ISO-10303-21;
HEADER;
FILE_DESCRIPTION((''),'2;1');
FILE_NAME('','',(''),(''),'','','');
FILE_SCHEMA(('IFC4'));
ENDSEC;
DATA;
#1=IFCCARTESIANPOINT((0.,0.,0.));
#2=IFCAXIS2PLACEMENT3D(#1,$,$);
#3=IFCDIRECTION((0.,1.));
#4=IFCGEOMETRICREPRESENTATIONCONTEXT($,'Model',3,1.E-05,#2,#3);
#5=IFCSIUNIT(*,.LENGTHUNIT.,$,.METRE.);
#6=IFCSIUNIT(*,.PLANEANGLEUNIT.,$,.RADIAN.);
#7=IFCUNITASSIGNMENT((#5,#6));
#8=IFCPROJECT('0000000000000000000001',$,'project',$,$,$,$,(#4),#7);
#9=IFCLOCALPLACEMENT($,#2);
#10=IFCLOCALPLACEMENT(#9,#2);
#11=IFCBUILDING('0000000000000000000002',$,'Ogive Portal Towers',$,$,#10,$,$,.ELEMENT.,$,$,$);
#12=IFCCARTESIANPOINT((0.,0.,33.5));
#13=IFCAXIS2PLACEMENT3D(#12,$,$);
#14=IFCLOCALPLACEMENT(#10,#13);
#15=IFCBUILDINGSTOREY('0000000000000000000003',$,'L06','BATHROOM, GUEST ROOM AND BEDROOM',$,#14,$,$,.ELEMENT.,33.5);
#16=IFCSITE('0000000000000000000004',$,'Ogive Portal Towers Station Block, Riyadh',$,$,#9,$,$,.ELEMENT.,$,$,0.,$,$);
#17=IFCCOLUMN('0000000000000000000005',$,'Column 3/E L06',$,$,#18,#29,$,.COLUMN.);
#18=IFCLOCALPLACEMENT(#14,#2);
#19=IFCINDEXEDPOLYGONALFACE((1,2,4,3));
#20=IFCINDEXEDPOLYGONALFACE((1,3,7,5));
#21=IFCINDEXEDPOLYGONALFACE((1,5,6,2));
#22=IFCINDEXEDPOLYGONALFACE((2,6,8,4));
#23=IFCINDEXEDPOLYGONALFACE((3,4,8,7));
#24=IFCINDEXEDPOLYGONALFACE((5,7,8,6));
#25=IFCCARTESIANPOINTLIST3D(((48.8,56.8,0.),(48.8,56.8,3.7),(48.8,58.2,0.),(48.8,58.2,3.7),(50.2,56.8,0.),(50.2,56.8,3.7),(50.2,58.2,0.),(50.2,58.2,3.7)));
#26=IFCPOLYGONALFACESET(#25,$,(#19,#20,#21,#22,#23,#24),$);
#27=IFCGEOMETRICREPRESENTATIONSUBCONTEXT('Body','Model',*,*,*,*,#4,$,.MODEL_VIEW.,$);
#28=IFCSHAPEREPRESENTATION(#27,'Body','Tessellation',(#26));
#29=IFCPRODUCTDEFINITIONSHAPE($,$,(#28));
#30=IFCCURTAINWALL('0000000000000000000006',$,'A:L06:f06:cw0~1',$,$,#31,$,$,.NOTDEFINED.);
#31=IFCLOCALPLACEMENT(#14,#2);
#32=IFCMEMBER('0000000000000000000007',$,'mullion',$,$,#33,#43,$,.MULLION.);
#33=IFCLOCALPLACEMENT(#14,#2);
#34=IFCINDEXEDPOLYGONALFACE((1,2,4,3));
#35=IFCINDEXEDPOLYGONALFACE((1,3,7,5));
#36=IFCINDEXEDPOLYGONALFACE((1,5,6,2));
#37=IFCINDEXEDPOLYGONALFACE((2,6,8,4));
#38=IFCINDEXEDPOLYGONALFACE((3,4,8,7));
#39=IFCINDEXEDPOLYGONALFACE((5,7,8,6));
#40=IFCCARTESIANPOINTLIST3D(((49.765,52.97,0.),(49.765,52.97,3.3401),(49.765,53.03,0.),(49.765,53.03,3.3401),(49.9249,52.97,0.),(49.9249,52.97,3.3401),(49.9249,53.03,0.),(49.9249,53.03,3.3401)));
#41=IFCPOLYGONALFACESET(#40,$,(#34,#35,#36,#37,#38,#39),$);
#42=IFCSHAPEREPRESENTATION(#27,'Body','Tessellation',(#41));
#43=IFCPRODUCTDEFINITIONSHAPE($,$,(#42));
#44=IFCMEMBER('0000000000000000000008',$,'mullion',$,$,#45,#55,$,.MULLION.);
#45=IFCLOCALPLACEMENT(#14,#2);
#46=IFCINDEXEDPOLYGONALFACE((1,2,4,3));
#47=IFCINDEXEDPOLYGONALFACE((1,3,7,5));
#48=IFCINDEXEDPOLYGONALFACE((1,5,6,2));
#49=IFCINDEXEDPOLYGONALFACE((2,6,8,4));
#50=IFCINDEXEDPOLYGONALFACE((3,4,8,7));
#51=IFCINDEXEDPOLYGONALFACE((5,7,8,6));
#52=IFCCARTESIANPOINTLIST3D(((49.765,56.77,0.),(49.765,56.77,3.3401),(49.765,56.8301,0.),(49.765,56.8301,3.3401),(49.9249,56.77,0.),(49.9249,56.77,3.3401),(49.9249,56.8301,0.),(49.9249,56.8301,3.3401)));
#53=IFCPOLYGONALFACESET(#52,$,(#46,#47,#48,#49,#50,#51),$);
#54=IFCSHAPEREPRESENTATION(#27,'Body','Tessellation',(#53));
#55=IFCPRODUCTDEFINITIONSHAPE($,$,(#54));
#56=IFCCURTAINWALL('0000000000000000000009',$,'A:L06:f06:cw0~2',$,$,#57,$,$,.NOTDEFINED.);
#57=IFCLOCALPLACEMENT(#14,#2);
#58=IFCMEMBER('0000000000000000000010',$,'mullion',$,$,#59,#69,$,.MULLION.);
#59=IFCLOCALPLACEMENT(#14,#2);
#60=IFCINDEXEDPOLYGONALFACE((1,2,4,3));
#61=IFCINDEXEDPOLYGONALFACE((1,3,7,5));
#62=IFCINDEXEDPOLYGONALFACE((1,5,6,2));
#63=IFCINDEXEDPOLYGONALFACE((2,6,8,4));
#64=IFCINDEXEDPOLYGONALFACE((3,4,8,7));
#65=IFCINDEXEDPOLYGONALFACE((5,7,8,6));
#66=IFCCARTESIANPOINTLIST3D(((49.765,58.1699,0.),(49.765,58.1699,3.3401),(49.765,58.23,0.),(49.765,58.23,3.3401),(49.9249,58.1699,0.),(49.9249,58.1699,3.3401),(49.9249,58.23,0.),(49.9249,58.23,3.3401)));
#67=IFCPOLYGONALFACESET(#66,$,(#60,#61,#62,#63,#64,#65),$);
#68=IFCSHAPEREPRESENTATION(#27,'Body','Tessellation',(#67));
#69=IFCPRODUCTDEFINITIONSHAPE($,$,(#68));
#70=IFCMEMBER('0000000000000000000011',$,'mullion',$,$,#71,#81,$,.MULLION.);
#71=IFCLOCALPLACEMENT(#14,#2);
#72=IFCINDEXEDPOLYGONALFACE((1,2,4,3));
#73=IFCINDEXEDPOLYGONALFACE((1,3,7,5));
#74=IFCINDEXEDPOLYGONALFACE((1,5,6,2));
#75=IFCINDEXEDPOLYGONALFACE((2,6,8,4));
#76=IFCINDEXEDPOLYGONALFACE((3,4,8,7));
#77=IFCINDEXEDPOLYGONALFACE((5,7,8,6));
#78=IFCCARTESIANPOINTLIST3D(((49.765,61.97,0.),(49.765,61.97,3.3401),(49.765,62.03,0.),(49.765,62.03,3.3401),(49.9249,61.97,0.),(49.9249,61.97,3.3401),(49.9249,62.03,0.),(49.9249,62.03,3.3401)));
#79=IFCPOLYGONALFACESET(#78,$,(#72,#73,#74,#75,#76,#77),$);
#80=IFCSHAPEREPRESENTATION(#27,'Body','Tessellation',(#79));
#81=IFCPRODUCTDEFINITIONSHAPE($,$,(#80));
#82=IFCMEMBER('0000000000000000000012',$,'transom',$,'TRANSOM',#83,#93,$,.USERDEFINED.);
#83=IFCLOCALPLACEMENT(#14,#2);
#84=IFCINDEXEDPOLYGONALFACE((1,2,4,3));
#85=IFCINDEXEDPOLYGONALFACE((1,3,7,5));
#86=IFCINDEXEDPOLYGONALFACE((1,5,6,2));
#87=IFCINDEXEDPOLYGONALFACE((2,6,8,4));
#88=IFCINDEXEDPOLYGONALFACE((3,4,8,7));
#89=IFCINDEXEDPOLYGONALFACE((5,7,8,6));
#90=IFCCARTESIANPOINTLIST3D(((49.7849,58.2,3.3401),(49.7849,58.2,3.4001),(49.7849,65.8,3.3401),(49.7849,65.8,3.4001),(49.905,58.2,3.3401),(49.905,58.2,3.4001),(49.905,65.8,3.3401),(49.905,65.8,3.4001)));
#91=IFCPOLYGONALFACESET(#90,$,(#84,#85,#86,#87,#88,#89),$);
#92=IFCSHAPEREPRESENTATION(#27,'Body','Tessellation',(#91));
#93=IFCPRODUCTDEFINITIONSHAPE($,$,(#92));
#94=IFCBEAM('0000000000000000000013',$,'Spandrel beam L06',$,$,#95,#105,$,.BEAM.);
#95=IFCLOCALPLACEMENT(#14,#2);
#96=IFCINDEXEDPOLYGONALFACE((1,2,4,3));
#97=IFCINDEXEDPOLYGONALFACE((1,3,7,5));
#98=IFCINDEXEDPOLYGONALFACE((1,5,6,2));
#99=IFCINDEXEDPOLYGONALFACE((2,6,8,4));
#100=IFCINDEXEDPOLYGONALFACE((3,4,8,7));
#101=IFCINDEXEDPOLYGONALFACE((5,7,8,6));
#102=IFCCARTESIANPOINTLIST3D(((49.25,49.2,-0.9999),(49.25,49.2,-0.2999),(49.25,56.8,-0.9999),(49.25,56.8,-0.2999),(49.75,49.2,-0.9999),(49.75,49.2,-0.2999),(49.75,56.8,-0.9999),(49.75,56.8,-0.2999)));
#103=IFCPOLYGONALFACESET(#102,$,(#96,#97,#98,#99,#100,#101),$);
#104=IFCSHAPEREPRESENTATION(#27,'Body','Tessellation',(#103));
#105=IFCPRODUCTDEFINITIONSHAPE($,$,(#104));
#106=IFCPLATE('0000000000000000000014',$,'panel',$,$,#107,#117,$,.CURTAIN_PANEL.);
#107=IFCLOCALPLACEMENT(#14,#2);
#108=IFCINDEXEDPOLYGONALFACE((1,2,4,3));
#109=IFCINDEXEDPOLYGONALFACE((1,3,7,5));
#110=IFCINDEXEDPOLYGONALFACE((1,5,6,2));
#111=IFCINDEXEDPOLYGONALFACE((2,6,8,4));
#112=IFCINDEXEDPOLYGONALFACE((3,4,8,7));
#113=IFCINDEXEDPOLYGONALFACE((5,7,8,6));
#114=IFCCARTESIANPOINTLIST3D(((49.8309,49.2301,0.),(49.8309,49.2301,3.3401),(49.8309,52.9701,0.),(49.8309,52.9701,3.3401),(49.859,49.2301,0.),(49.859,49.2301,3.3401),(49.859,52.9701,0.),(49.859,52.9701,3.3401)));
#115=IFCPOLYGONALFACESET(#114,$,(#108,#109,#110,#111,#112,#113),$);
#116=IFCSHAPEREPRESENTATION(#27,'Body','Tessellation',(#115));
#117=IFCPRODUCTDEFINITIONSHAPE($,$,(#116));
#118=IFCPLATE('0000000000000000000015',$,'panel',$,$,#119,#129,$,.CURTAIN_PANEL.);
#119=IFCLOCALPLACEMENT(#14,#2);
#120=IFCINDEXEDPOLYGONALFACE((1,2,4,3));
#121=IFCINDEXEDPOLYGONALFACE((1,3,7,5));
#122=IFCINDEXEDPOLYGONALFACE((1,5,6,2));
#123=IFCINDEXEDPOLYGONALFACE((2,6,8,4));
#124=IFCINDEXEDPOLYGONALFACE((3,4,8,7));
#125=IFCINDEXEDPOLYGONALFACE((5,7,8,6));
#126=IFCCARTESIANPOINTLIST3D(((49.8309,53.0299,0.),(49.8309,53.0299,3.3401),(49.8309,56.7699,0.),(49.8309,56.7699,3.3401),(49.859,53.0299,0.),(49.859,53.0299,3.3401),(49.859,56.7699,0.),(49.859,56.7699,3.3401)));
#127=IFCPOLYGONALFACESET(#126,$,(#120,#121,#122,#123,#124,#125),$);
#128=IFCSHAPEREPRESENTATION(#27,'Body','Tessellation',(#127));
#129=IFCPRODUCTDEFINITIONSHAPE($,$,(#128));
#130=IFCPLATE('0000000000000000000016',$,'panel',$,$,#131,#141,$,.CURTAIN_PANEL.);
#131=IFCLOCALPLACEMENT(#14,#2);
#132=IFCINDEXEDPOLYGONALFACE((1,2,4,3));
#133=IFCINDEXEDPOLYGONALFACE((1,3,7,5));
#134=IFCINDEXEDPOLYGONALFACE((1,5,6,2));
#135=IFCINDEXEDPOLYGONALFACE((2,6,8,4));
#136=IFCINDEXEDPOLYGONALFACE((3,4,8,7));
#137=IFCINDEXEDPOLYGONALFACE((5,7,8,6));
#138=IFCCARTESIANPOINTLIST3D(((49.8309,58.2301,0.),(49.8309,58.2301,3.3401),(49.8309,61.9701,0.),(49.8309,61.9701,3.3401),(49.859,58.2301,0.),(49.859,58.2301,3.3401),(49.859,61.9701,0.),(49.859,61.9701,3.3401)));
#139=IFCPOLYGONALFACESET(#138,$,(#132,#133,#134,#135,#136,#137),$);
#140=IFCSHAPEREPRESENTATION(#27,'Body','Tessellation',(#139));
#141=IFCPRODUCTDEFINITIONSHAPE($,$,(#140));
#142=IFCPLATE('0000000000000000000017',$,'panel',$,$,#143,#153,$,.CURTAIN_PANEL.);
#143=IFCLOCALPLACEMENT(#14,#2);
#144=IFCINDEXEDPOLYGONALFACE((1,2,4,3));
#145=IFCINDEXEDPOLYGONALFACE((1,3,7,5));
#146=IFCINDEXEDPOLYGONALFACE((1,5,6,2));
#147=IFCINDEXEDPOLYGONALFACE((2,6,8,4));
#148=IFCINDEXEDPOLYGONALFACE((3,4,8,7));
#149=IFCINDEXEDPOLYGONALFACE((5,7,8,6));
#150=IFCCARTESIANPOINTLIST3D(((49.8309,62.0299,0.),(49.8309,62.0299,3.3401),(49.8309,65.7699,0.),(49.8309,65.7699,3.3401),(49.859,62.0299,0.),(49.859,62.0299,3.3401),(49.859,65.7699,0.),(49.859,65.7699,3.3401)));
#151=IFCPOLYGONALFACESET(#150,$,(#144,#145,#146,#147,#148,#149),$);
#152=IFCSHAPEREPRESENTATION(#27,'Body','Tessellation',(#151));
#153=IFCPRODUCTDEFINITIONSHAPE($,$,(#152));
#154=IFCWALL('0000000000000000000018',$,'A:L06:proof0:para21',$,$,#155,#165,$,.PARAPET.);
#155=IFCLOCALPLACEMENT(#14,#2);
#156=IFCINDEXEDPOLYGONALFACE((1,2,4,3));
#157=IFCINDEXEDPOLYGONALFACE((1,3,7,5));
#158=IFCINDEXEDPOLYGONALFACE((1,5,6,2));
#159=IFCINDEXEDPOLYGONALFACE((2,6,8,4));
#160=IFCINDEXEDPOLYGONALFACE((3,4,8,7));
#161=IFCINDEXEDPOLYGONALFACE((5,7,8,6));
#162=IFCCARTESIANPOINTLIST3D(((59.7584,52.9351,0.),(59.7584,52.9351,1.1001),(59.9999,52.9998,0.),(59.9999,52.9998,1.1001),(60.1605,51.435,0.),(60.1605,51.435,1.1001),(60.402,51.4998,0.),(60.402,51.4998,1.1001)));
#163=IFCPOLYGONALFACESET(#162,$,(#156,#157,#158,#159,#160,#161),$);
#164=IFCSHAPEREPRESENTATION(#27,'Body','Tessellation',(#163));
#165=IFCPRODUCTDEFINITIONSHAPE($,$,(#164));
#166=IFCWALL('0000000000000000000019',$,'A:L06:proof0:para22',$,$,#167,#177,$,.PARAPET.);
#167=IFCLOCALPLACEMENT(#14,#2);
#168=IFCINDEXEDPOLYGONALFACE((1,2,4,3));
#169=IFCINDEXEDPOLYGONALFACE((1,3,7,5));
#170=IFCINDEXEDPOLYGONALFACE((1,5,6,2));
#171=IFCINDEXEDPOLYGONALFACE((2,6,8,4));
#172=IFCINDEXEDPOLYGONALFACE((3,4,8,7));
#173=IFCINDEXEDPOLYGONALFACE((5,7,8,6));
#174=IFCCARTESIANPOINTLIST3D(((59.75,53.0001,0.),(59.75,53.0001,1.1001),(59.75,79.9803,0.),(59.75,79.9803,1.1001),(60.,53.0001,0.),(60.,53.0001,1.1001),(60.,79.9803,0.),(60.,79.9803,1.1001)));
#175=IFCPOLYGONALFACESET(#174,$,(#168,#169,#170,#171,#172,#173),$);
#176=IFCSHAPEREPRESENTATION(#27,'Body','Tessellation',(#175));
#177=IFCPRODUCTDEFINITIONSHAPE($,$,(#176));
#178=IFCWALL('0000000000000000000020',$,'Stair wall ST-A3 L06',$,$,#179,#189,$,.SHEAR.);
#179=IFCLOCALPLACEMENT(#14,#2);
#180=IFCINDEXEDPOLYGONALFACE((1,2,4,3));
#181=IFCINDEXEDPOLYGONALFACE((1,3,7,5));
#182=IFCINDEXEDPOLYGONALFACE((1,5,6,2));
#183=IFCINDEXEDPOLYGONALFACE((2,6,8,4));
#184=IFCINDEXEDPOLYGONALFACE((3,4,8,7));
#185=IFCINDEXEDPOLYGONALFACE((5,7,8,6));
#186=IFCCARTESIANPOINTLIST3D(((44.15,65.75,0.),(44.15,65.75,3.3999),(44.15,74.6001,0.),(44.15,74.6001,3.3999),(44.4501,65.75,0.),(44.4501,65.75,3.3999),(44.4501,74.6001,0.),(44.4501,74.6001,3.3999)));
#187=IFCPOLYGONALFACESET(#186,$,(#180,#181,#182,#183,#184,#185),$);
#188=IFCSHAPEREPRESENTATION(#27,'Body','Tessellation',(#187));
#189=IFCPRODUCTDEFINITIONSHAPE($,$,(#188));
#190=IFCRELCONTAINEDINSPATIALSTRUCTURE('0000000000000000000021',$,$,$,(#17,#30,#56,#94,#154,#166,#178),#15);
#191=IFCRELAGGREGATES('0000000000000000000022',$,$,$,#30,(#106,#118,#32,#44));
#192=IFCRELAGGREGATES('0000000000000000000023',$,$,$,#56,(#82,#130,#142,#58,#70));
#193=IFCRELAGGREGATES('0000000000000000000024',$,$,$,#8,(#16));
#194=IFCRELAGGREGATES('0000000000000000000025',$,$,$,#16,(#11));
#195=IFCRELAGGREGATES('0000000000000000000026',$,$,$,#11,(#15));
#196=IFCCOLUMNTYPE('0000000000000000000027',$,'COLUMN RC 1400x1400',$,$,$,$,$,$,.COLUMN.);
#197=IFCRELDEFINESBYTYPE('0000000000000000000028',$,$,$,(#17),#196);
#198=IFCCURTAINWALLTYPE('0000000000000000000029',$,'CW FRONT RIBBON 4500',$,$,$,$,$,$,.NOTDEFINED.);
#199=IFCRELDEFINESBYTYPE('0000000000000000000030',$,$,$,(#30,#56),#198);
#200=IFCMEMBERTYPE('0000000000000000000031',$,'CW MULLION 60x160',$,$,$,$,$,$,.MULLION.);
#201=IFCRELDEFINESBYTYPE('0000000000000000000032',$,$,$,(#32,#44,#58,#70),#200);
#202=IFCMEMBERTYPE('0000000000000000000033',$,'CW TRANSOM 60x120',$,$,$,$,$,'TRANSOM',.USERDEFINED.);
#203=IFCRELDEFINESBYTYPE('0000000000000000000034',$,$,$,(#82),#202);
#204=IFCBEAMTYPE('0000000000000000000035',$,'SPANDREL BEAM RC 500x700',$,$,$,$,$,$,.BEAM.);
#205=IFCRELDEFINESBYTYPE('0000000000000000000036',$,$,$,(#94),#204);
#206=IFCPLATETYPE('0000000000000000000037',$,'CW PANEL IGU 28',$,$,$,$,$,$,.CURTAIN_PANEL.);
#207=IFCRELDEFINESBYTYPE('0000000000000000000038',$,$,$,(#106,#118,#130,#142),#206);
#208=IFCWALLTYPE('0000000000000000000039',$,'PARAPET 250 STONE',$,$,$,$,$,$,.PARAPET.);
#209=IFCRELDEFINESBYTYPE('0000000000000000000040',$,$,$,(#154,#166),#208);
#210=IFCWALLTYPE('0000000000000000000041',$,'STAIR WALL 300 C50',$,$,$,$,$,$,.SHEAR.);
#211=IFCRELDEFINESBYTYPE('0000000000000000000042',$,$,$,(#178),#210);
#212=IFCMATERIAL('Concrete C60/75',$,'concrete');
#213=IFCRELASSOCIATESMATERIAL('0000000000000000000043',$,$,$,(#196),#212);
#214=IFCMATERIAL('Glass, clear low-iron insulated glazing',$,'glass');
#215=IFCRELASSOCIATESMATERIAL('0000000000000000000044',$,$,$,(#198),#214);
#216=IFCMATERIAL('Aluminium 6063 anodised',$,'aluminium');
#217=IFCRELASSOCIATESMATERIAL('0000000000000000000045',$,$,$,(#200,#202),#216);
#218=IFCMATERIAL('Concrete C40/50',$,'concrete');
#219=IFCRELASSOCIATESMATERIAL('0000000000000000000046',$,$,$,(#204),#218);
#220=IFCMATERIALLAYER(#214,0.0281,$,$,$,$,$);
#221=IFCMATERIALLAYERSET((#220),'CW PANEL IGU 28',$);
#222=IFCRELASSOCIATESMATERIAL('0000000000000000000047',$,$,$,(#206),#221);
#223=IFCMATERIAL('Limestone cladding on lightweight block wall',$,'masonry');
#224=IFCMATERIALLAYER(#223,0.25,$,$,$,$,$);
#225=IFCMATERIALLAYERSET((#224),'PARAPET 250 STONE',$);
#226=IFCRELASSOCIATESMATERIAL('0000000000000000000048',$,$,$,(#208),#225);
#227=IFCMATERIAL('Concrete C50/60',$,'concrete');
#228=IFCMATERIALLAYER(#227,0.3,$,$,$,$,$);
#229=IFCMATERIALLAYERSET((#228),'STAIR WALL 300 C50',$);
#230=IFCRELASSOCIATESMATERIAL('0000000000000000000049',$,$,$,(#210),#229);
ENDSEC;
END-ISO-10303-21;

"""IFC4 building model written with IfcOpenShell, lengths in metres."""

from ifc_helpers import new_model, si_unit, direction, frame, frame_2d, origin, origin_2d, place, context, subcontext, project, spatial, rectangle, extrude, material, layer, layer_set, material_profile, profile_set, type_object, element, aggregate, save


model = new_model("IFC4")

# Units and contexts
model_context = context("Model", 3, precision=1e-05, world=origin(), true_north=direction((0.0, 1.0)))
body_context = subcontext(model_context, "Body", "Model", "MODEL_VIEW")
ifc_project = project(units=[si_unit("LENGTHUNIT", "METRE"), si_unit("PLANEANGLEUNIT", "RADIAN")], contexts=[model_context])

# Site, building, storey
site_placement = place(None, origin())
site = spatial("IfcSite", under=ifc_project, at=site_placement, Name="Ogive Portal Towers Station Block, Riyadh", CompositionType="ELEMENT", RefElevation=0.0)
building_placement = place(site_placement, origin())
building = spatial("IfcBuilding", under=site, at=building_placement, Name="Ogive Portal Towers", CompositionType="ELEMENT")
storey_placement = place(building_placement, frame((0.0, 0.0, 33.5)))
storey = spatial("IfcBuildingStorey", under=building, at=storey_placement, Name="L06", Description="BATHROOM, GUEST ROOM AND BEDROOM", CompositionType="ELEMENT", Elevation=33.5)

# Column
ifc_material_1 = material(Name="Concrete C60/75", Category="concrete")
ifc_material_profile_1 = material_profile(ifc_material_1, rectangle(XDim=1.3999, YDim=1.3999, at=origin_2d()), Name="RC 1400x1400")
ifc_profile_set_1 = profile_set([ifc_material_profile_1], Name="Concrete C60/75")
column_type = type_object("IfcColumnType", Name="COLUMN RC 1400x1400", PredefinedType="COLUMN", material=ifc_profile_set_1)
column_placement = place(storey_placement, frame((49.5, 57.5, 0.0), z_axis=(0.0, 0.0, 1.0), x_axis=(1.0, 0.0, 0.0)))
element("IfcColumn", 1, at=column_placement, inside=storey, type_object=column_type, Name="Column 3/E L06", PredefinedType="COLUMN", context=body_context, shape_type="SweptSolid", body=[
    extrude(rectangle(XDim=1.3999, YDim=1.3999, at=origin_2d()), origin(), (0.0, 0.0, 1.0), 3.7),
])

# Curtain walls, members
ifc_material_2 = material(Name="Glass, clear low-iron insulated glazing", Category="glass")
curtain_wall_type = type_object("IfcCurtainWallType", Name="CW FRONT RIBBON 4500", PredefinedType="NOTDEFINED", material=ifc_material_2)
curtain_wall_1_placement = place(storey_placement, origin())
curtain_wall_1 = element("IfcCurtainWall", 2, at=curtain_wall_1_placement, inside=storey, type_object=curtain_wall_type, Name="A:L06:f06:cw0~1", PredefinedType="NOTDEFINED")
ifc_material_3 = material(Name="Aluminium 6063 anodised", Category="aluminium")
ifc_material_profile_2 = material_profile(ifc_material_3, rectangle(XDim=0.1599, YDim=0.0601, at=origin_2d()), Name="AL 60x160")
ifc_profile_set_2 = profile_set([ifc_material_profile_2], Name="Aluminium 6063 anodised")
member_type_1 = type_object("IfcMemberType", Name="CW MULLION 60x160", PredefinedType="MULLION", material=ifc_profile_set_2)
member_1_placement = place(storey_placement, frame((49.845, 53.0, 0.0), z_axis=(0.0, 0.0, 1.0), x_axis=(-1.0, 0.0, 0.0)))
member_1 = element("IfcMember", 3, at=member_1_placement, type_object=member_type_1, Name="mullion", PredefinedType="MULLION", context=body_context, shape_type="SweptSolid", body=[
    extrude(rectangle(XDim=0.1599, YDim=0.0601, at=origin_2d()), origin(), (0.0, 0.0, 1.0), 3.3401),
])
member_2_placement = place(storey_placement, frame((49.845, 56.8, 0.0), z_axis=(0.0, 0.0, 1.0), x_axis=(-1.0, 0.0, 0.0)))
member_2 = element("IfcMember", 4, at=member_2_placement, type_object=member_type_1, Name="mullion", PredefinedType="MULLION", context=body_context, shape_type="SweptSolid", body=[
    extrude(rectangle(XDim=0.1599, YDim=0.0601, at=origin_2d()), origin(), (0.0, 0.0, 1.0), 3.3401),
])
curtain_wall_2_placement = place(storey_placement, origin())
curtain_wall_2 = element("IfcCurtainWall", 5, at=curtain_wall_2_placement, inside=storey, type_object=curtain_wall_type, Name="A:L06:f06:cw0~2", PredefinedType="NOTDEFINED")
member_3_placement = place(storey_placement, frame((49.845, 58.2, 0.0), z_axis=(0.0, 0.0, 1.0), x_axis=(-1.0, 0.0, 0.0)))
member_3 = element("IfcMember", 6, at=member_3_placement, type_object=member_type_1, Name="mullion", PredefinedType="MULLION", context=body_context, shape_type="SweptSolid", body=[
    extrude(rectangle(XDim=0.1599, YDim=0.0601, at=origin_2d()), origin(), (0.0, 0.0, 1.0), 3.3401),
])
member_4_placement = place(storey_placement, frame((49.845, 62.0, 0.0), z_axis=(0.0, 0.0, 1.0), x_axis=(-1.0, 0.0, 0.0)))
member_4 = element("IfcMember", 7, at=member_4_placement, type_object=member_type_1, Name="mullion", PredefinedType="MULLION", context=body_context, shape_type="SweptSolid", body=[
    extrude(rectangle(XDim=0.1599, YDim=0.0601, at=origin_2d()), origin(), (0.0, 0.0, 1.0), 3.3401),
])
ifc_material_profile_3 = material_profile(ifc_material_3, rectangle(XDim=0.1201, YDim=0.0601, at=origin_2d()), Name="AL 120x60")
ifc_profile_set_3 = profile_set([ifc_material_profile_3], Name="Aluminium 6063 anodised")
member_type_2 = type_object("IfcMemberType", Name="CW TRANSOM 60x120", ElementType="TRANSOM", PredefinedType="USERDEFINED", material=ifc_profile_set_3)
member_5_placement = place(storey_placement, frame((49.845, 58.2, 3.3701), z_axis=(0.0, 1.0, 0.0), x_axis=(-1.0, 0.0, 0.0)))
member_5 = element("IfcMember", 8, at=member_5_placement, type_object=member_type_2, Name="transom", ObjectType="TRANSOM", PredefinedType="USERDEFINED", context=body_context, shape_type="SweptSolid", body=[
    extrude(rectangle(XDim=0.1201, YDim=0.0601, at=origin_2d()), origin(), (0.0, 0.0, 1.0), 7.6001),
])

# Beam
ifc_material_4 = material(Name="Concrete C40/50", Category="concrete")
ifc_material_profile_4 = material_profile(ifc_material_4, rectangle(XDim=0.5, YDim=0.7, at=origin_2d()), Name="RC 500x700")
ifc_profile_set_4 = profile_set([ifc_material_profile_4], Name="Concrete C40/50")
beam_type = type_object("IfcBeamType", Name="SPANDREL BEAM RC 500x700", PredefinedType="BEAM", material=ifc_profile_set_4)
beam_placement = place(storey_placement, frame((49.5, 56.8, -0.6499), z_axis=(0.0, -1.0, 0.0), x_axis=(1.0, 0.0, 0.0)))
element("IfcBeam", 9, at=beam_placement, inside=storey, type_object=beam_type, Name="Spandrel beam L06", PredefinedType="BEAM", context=body_context, shape_type="SweptSolid", body=[
    extrude(rectangle(XDim=0.5, YDim=0.7, at=origin_2d()), origin(), (0.0, 0.0, 1.0), 7.6001),
])

# Plates
ifc_layer_1 = layer(ifc_material_2, 0.0281)
ifc_layer_set_1 = layer_set([ifc_layer_1], Name="CW PANEL IGU 28")
plate_type = type_object("IfcPlateType", Name="CW PANEL IGU 28", PredefinedType="CURTAIN_PANEL", material=ifc_layer_set_1)
plate_1_placement = place(storey_placement, frame((49.845, 51.1001, 0.0), z_axis=(0.0, 0.0, 1.0), x_axis=(0.0, 1.0, 0.0)))
plate_1 = element("IfcPlate", 10, at=plate_1_placement, type_object=plate_type, Name="panel", PredefinedType="CURTAIN_PANEL", context=body_context, shape_type="SweptSolid", body=[
    extrude(rectangle(XDim=3.74, YDim=0.0281, at=origin_2d()), origin(), (0.0, 0.0, 1.0), 3.3401),
])
plate_2_placement = place(storey_placement, frame((49.845, 54.8999, 0.0), z_axis=(0.0, 0.0, 1.0), x_axis=(0.0, 1.0, 0.0)))
plate_2 = element("IfcPlate", 11, at=plate_2_placement, type_object=plate_type, Name="panel", PredefinedType="CURTAIN_PANEL", context=body_context, shape_type="SweptSolid", body=[
    extrude(rectangle(XDim=3.74, YDim=0.0281, at=origin_2d()), origin(), (0.0, 0.0, 1.0), 3.3401),
])
aggregate(curtain_wall_1, [plate_1, plate_2, member_1, member_2])
plate_3_placement = place(storey_placement, frame((49.845, 60.1001, 0.0), z_axis=(0.0, 0.0, 1.0), x_axis=(0.0, 1.0, 0.0)))
plate_3 = element("IfcPlate", 12, at=plate_3_placement, type_object=plate_type, Name="panel", PredefinedType="CURTAIN_PANEL", context=body_context, shape_type="SweptSolid", body=[
    extrude(rectangle(XDim=3.74, YDim=0.0281, at=origin_2d()), origin(), (0.0, 0.0, 1.0), 3.3401),
])
plate_4_placement = place(storey_placement, frame((49.845, 63.8999, 0.0), z_axis=(0.0, 0.0, 1.0), x_axis=(0.0, 1.0, 0.0)))
plate_4 = element("IfcPlate", 13, at=plate_4_placement, type_object=plate_type, Name="panel", PredefinedType="CURTAIN_PANEL", context=body_context, shape_type="SweptSolid", body=[
    extrude(rectangle(XDim=3.74, YDim=0.0281, at=origin_2d()), origin(), (0.0, 0.0, 1.0), 3.3401),
])
aggregate(curtain_wall_2, [member_5, plate_3, plate_4, member_3, member_4])

# Walls
ifc_material_5 = material(Name="Limestone cladding on lightweight block wall", Category="masonry")
ifc_layer_2 = layer(ifc_material_5, 0.25)
ifc_layer_set_2 = layer_set([ifc_layer_2], Name="PARAPET 250 STONE")
wall_type_1 = type_object("IfcWallType", Name="PARAPET 250 STONE", PredefinedType="PARAPET", material=ifc_layer_set_2)
wall_1_placement = place(storey_placement, frame((60.2812, 51.4675, 0.0), z_axis=(0.0, 0.0, 1.0), x_axis=(-0.258925, 0.965898, 0.0)))
element("IfcWall", 14, at=wall_1_placement, inside=storey, type_object=wall_type_1, Name="A:L06:proof0:para21", PredefinedType="PARAPET", context=body_context, shape_type="SweptSolid", body=[
    extrude(rectangle(XDim=1.553, YDim=0.25, at=frame_2d((0.7764, 0.0))), origin(), (0.0, 0.0, 1.0), 1.1001),
])
wall_2_placement = place(storey_placement, frame((59.875, 53.0, 0.0), z_axis=(0.0, 0.0, 1.0), x_axis=(0.0, 1.0, 0.0)))
element("IfcWall", 15, at=wall_2_placement, inside=storey, type_object=wall_type_1, Name="A:L06:proof0:para22", PredefinedType="PARAPET", context=body_context, shape_type="SweptSolid", body=[
    extrude(rectangle(XDim=26.9802, YDim=0.25, at=frame_2d((13.4902, 0.0))), origin(), (0.0, 0.0, 1.0), 1.1001),
])
ifc_material_6 = material(Name="Concrete C50/60", Category="concrete")
ifc_layer_3 = layer(ifc_material_6, 0.3)
ifc_layer_set_3 = layer_set([ifc_layer_3], Name="STAIR WALL 300 C50")
wall_type_2 = type_object("IfcWallType", Name="STAIR WALL 300 C50", PredefinedType="SHEAR", material=ifc_layer_set_3)
wall_3_placement = place(storey_placement, frame((44.3, 65.75, 0.0), z_axis=(0.0, 0.0, 1.0), x_axis=(0.0, 1.0, 0.0)))
element("IfcWall", 16, at=wall_3_placement, inside=storey, type_object=wall_type_2, Name="Stair wall ST-A3 L06", PredefinedType="SHEAR", context=body_context, shape_type="SweptSolid", body=[
    extrude(rectangle(XDim=8.8501, YDim=0.3, at=frame_2d((4.425, 0.0))), origin(), (0.0, 0.0, 1.0), 3.3999),
])

save(model, "model.ifc")
